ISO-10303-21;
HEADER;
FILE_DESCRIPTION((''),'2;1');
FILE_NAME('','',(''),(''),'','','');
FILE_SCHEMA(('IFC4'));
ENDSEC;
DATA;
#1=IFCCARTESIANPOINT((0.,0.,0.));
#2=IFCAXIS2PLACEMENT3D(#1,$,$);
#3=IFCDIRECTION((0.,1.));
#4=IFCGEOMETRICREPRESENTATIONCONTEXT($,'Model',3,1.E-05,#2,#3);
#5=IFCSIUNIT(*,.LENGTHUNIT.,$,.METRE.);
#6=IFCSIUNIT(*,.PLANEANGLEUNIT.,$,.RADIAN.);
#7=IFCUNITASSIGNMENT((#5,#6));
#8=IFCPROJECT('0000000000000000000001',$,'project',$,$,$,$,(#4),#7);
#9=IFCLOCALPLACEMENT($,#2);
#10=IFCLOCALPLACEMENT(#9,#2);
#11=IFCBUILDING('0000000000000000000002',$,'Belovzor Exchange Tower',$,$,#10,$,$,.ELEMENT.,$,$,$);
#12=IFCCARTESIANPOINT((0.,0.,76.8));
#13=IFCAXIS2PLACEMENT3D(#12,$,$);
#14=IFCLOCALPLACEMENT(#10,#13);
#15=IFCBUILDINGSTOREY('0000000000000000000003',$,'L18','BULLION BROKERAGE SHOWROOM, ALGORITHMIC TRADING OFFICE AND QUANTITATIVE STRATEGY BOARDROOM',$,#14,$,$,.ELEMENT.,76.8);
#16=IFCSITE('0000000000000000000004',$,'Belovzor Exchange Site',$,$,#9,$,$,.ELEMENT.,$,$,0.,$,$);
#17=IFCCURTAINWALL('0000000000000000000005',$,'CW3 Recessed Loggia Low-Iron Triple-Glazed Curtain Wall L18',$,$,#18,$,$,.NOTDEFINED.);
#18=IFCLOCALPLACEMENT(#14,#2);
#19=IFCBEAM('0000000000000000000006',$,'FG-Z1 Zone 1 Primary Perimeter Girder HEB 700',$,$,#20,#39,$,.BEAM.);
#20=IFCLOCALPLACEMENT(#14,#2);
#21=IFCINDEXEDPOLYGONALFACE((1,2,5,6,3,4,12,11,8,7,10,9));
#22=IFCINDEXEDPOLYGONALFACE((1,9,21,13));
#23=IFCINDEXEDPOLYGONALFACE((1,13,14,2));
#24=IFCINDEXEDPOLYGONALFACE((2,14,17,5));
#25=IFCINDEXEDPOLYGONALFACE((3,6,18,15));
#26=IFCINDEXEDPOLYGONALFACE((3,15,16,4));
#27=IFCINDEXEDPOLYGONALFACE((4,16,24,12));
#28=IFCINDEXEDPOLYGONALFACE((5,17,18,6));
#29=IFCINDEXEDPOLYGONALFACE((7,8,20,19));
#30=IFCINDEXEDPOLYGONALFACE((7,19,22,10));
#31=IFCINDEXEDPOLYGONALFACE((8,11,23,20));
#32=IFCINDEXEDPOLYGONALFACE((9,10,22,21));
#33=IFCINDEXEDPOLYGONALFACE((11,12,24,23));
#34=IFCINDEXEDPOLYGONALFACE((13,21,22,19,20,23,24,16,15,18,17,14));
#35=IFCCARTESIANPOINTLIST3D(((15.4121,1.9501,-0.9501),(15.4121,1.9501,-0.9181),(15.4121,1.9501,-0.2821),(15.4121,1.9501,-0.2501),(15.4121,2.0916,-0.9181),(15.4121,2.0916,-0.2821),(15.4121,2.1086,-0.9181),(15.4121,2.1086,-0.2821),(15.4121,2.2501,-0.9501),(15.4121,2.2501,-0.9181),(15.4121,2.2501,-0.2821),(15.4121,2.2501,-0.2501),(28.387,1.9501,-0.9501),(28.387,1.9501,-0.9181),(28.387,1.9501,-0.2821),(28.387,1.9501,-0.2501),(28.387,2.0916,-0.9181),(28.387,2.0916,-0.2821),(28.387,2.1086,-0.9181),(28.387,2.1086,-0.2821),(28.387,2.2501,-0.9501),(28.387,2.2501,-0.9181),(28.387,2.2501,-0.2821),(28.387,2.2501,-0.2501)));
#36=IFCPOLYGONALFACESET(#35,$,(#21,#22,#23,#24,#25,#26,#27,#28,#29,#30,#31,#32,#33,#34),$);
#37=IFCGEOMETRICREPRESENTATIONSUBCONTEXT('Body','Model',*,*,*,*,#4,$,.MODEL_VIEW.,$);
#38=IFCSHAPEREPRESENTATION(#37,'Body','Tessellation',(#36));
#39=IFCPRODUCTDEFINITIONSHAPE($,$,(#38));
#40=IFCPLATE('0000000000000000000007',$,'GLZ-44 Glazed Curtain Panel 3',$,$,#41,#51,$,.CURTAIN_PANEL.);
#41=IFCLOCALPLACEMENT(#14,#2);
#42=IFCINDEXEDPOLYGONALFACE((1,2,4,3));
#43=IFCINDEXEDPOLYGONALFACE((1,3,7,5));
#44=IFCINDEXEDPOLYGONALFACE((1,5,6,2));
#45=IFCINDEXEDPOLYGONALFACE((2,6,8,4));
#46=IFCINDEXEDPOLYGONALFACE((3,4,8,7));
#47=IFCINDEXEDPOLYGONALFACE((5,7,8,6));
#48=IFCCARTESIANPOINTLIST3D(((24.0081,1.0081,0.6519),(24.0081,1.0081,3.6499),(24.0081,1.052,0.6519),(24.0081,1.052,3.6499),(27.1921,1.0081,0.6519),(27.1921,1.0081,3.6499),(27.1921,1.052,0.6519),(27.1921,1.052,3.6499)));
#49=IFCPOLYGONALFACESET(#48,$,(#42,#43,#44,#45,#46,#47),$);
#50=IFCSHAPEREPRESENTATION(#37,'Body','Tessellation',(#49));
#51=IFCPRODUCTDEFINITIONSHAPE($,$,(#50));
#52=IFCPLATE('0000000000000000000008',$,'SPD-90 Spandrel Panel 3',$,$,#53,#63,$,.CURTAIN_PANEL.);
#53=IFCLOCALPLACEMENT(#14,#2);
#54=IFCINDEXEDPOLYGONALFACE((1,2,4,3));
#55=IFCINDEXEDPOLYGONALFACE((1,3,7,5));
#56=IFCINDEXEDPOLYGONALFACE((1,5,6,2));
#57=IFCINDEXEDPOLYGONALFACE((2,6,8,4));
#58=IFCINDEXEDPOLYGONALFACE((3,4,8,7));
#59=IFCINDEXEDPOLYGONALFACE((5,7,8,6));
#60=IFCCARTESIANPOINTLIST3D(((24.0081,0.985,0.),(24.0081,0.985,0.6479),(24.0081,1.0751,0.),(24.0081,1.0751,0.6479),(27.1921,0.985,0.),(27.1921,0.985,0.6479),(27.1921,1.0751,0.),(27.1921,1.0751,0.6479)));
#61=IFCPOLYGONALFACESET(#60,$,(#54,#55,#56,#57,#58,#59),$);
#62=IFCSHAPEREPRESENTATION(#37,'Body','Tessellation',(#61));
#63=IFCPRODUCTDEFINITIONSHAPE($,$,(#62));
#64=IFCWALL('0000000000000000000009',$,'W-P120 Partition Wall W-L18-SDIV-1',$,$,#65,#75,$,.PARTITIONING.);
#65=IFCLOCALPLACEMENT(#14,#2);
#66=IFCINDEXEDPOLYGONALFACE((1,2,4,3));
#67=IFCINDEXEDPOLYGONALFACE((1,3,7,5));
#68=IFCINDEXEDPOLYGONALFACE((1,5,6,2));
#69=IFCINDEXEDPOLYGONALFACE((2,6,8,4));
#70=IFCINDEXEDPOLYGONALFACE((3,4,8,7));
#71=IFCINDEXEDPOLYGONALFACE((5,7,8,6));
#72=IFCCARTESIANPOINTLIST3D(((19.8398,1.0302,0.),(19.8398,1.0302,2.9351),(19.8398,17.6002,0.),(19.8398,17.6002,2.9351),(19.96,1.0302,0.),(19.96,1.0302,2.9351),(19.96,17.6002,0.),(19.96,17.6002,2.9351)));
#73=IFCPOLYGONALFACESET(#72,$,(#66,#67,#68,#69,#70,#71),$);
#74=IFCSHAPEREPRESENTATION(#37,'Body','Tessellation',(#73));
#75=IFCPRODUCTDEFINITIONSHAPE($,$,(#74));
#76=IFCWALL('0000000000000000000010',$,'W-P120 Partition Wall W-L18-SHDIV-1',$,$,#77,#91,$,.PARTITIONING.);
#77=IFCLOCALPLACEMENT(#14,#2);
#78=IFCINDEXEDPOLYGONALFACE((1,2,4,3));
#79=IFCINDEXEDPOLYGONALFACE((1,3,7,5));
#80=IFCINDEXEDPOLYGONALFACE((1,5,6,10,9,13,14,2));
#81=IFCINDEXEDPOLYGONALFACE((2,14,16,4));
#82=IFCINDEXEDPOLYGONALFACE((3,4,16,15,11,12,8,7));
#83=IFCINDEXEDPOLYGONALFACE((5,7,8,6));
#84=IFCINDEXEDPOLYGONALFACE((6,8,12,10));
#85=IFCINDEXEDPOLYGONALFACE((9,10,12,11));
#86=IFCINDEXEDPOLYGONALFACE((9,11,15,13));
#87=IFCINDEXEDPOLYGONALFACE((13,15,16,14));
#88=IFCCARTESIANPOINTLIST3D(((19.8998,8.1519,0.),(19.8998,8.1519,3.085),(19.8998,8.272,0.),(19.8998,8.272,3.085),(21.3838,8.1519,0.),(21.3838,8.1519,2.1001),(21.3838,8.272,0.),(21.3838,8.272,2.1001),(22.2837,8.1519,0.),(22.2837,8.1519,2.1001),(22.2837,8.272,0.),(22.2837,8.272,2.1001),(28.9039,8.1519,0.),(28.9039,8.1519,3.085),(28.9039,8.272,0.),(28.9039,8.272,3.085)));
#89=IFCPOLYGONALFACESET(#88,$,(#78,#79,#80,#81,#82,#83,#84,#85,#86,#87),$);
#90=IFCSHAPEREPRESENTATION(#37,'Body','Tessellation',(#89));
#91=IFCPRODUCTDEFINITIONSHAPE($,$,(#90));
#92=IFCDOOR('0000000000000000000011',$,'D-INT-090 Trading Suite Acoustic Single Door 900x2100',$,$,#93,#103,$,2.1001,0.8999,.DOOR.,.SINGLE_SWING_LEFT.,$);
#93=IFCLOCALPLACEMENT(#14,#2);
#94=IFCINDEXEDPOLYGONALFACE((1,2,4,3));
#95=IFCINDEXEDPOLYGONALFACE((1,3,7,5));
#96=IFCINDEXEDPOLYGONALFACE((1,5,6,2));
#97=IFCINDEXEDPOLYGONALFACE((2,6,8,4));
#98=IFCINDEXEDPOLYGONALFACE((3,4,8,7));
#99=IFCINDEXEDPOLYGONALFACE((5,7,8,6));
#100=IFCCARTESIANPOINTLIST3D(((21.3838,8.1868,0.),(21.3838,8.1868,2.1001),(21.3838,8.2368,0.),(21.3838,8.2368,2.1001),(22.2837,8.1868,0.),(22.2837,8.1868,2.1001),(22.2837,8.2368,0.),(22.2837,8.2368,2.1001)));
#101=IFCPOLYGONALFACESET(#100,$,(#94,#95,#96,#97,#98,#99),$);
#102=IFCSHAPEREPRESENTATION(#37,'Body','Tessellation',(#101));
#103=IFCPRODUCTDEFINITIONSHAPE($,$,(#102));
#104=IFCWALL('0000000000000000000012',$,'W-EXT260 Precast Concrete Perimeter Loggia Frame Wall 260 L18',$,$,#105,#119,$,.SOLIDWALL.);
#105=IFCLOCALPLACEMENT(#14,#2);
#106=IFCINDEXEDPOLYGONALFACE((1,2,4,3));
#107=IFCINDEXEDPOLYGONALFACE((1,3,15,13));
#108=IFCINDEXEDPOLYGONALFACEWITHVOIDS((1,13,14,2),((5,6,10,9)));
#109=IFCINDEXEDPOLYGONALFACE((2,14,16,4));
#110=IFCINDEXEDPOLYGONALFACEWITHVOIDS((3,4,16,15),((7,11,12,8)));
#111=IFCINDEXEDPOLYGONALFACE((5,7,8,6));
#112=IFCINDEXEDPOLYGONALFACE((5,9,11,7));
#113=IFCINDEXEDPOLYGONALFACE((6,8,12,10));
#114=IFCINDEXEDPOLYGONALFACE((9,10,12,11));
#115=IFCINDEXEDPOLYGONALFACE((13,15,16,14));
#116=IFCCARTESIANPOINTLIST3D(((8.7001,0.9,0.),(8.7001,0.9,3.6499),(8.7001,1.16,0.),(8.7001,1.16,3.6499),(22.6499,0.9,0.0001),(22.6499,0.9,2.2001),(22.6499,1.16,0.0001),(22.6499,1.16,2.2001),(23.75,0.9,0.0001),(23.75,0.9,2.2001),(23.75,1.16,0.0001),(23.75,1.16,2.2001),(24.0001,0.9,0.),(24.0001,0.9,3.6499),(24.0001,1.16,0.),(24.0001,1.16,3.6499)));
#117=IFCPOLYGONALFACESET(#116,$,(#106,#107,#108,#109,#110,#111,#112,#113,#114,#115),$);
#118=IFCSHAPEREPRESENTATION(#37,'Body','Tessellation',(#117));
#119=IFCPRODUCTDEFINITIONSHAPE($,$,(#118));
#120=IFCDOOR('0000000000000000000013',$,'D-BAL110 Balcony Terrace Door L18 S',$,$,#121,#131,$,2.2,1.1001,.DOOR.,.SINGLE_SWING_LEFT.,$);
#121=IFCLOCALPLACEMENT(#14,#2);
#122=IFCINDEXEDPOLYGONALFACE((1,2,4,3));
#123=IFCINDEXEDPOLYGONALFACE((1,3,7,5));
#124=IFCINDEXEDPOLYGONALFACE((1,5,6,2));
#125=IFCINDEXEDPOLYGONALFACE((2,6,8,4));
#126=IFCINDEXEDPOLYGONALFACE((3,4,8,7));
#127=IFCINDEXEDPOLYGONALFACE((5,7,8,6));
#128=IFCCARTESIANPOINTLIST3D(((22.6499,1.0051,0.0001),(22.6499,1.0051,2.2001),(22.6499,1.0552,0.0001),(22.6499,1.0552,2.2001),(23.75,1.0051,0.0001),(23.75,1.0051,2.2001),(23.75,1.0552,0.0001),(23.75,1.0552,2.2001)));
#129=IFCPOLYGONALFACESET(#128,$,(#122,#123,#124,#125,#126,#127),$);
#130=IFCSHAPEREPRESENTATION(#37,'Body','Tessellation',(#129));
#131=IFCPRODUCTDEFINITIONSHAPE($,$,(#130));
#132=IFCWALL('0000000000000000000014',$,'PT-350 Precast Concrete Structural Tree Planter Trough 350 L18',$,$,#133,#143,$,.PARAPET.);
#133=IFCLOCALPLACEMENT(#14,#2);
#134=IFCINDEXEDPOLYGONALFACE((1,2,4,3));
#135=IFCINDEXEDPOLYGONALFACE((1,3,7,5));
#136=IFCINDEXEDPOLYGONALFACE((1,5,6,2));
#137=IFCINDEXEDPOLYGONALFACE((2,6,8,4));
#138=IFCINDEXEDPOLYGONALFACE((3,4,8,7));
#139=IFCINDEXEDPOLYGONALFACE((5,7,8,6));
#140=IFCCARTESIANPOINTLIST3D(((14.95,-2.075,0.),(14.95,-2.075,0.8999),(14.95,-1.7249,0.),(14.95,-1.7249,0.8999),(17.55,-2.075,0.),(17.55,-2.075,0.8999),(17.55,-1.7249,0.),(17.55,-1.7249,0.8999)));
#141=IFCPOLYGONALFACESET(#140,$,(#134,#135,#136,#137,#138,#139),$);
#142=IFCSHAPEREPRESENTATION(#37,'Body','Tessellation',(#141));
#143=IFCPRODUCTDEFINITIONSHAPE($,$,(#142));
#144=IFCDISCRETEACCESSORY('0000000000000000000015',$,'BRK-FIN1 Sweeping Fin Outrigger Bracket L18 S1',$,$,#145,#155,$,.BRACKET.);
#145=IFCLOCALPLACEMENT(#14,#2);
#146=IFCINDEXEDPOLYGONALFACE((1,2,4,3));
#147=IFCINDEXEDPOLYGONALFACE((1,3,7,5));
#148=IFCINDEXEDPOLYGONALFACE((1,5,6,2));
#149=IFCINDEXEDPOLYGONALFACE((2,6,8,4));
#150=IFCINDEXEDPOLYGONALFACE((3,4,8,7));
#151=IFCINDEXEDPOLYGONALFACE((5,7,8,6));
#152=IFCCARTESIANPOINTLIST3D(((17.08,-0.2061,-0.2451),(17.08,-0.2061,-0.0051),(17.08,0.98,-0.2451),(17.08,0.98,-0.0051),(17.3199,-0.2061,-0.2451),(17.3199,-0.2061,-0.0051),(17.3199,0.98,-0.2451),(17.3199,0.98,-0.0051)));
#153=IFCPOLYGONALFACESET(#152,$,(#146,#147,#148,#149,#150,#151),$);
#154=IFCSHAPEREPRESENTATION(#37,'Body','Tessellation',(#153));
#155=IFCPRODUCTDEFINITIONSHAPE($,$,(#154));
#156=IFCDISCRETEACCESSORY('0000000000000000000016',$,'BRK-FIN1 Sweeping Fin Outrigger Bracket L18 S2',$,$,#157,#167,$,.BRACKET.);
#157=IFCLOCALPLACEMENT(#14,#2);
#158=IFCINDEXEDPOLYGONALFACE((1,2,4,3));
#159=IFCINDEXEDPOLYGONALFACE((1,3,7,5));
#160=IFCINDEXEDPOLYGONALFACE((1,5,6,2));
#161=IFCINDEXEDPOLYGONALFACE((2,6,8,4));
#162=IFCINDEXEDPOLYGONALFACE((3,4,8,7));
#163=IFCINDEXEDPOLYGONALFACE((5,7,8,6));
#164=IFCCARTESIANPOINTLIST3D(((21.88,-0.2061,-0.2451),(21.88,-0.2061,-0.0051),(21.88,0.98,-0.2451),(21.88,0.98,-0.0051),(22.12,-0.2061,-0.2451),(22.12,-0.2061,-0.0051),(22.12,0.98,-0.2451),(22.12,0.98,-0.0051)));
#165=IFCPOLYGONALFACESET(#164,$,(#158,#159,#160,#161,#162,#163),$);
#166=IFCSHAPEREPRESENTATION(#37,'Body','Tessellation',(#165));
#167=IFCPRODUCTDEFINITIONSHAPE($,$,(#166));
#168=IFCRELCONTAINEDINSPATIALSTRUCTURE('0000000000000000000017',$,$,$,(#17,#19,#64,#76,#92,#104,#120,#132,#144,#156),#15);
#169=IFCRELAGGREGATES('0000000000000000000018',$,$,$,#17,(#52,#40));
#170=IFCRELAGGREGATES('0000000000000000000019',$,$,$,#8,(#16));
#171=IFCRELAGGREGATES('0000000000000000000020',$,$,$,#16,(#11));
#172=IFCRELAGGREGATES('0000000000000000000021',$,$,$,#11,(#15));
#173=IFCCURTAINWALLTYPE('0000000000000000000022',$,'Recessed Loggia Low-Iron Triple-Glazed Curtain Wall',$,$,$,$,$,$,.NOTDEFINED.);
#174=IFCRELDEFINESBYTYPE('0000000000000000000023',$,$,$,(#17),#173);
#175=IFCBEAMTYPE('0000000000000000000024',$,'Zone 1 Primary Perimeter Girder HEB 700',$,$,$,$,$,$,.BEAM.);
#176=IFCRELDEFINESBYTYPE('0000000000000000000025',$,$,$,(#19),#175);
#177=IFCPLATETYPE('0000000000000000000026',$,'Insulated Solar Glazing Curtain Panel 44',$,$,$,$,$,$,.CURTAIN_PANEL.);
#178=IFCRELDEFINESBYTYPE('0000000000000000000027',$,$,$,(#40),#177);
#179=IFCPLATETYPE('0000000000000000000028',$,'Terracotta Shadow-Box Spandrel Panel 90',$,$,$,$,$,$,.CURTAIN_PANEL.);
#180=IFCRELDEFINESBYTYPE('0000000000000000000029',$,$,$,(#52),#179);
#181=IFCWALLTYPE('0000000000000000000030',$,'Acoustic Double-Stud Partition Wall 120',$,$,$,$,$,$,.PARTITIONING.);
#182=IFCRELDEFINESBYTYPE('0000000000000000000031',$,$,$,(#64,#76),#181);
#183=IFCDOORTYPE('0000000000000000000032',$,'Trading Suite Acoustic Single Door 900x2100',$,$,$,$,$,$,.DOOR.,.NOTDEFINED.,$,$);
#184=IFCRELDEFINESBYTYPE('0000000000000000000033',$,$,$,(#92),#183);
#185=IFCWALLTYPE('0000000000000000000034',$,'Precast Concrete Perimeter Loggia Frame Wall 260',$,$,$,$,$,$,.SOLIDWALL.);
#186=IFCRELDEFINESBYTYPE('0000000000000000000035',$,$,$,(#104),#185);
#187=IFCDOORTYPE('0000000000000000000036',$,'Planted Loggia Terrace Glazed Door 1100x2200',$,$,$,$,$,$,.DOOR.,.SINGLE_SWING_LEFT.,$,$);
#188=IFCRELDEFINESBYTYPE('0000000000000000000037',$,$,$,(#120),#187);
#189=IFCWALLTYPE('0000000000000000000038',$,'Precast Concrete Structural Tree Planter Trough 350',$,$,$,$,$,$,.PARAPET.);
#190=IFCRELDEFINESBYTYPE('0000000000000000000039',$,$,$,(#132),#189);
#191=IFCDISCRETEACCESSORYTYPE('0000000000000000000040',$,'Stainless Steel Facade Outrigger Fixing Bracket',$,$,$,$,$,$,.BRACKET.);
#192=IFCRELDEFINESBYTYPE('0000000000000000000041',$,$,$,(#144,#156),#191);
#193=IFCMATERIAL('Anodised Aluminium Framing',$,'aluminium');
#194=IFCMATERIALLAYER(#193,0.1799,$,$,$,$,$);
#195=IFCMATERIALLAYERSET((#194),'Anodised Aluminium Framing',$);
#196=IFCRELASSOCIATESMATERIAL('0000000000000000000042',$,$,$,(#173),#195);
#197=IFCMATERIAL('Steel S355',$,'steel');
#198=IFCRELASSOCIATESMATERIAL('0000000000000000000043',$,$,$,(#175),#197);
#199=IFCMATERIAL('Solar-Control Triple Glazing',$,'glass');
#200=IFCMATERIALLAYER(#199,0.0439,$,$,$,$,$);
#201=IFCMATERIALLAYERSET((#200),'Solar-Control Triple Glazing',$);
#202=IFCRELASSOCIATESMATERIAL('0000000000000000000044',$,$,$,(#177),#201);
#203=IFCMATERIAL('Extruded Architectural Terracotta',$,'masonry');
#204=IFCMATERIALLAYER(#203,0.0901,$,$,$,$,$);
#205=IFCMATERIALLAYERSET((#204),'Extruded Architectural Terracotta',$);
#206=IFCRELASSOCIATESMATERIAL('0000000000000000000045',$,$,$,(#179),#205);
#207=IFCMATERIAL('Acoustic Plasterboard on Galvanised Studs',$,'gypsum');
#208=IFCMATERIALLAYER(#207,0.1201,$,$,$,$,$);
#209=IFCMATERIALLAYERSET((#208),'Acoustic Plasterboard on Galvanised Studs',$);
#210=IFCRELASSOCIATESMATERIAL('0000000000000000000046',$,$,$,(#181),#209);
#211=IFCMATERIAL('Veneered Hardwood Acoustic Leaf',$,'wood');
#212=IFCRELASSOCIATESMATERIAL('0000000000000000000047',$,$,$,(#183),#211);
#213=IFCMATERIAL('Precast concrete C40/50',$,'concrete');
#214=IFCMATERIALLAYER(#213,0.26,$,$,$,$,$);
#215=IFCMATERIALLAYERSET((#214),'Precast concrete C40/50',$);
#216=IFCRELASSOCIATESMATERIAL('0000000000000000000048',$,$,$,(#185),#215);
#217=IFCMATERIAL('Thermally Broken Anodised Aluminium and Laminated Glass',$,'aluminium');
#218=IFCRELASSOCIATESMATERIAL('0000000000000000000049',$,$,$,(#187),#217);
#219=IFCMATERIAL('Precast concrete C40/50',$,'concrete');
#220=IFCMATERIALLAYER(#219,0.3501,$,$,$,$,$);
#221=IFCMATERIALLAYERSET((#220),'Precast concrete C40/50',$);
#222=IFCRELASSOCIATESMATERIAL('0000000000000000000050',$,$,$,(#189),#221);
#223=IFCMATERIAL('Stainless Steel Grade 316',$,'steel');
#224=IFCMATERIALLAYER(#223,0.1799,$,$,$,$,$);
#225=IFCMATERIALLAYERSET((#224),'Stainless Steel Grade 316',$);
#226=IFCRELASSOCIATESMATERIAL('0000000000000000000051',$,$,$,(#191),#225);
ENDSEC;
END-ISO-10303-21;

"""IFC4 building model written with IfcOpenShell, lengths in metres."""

from ifc_helpers import new_model, si_unit, direction, frame, frame_2d, origin, origin_2d, place, context, subcontext, project, spatial, rectangle, i_section, extrude, material, layer, layer_set, material_profile, profile_set, type_object, element, fill, aggregate, save


model = new_model("IFC4")

# Units and contexts
model_context = context("Model", 3, precision=1e-05, world=origin(), true_north=direction((0.0, 1.0)))
body_context = subcontext(model_context, "Body", "Model", "MODEL_VIEW")
ifc_project = project(units=[si_unit("LENGTHUNIT", "METRE"), si_unit("PLANEANGLEUNIT", "RADIAN")], contexts=[model_context])

# Site, building, storey
site_placement = place(None, origin())
site = spatial("IfcSite", under=ifc_project, at=site_placement, Name="Belovzor Exchange Site", CompositionType="ELEMENT", RefElevation=0.0)
building_placement = place(site_placement, origin())
building = spatial("IfcBuilding", under=site, at=building_placement, Name="Belovzor Exchange Tower", CompositionType="ELEMENT")
storey_placement = place(building_placement, frame((0.0, 0.0, 76.8)))
storey = spatial("IfcBuildingStorey", under=building, at=storey_placement, Name="L18", Description="BULLION BROKERAGE SHOWROOM, ALGORITHMIC TRADING OFFICE AND QUANTITATIVE STRATEGY BOARDROOM", CompositionType="ELEMENT", Elevation=76.8)

# Curtain wall
ifc_material_1 = material(Name="Anodised Aluminium Framing", Category="aluminium")
ifc_layer_1 = layer(ifc_material_1, 0.1799)
ifc_layer_set_1 = layer_set([ifc_layer_1], Name="Anodised Aluminium Framing")
curtain_wall_type = type_object("IfcCurtainWallType", Name="Recessed Loggia Low-Iron Triple-Glazed Curtain Wall", PredefinedType="NOTDEFINED", material=ifc_layer_set_1)
curtain_wall_placement = place(storey_placement, origin())
curtain_wall = element("IfcCurtainWall", 1, at=curtain_wall_placement, inside=storey, type_object=curtain_wall_type, Name="CW3 Recessed Loggia Low-Iron Triple-Glazed Curtain Wall L18", PredefinedType="NOTDEFINED")

# Beam
ifc_material_2 = material(Name="Steel S355", Category="steel")
ifc_material_profile_1 = material_profile(ifc_material_2, i_section(OverallWidth=0.3, OverallDepth=0.7, WebThickness=0.0171, FlangeThickness=0.032, at=origin_2d()))
ifc_profile_set_1 = profile_set([ifc_material_profile_1], Name="Steel S355")
beam_type_1 = type_object("IfcBeamType", Name="Zone 1 Primary Perimeter Girder HEB 700", PredefinedType="BEAM", material=ifc_profile_set_1)
beam_1_placement = place(storey_placement, frame((15.4121, 2.1001, -0.6001), z_axis=(1.0, 0.0, 0.0), x_axis=(0.0, 1.0, 0.0)))
element("IfcBeam", 2, at=beam_1_placement, inside=storey, type_object=beam_type_1, Name="FG-Z1 Zone 1 Primary Perimeter Girder HEB 700", PredefinedType="BEAM", context=body_context, shape_type="SweptSolid", body=[
    extrude(i_section(OverallWidth=0.3, OverallDepth=0.7, WebThickness=0.0171, FlangeThickness=0.032, at=origin_2d()), origin(), (0.0, 0.0, 1.0), 12.9749),
])

# Plates
ifc_material_3 = material(Name="Solar-Control Triple Glazing", Category="glass")
ifc_layer_2 = layer(ifc_material_3, 0.0439)
ifc_layer_set_2 = layer_set([ifc_layer_2], Name="Solar-Control Triple Glazing")
plate_type_1 = type_object("IfcPlateType", Name="Insulated Solar Glazing Curtain Panel 44", PredefinedType="CURTAIN_PANEL", material=ifc_layer_set_2)
plate_1_placement = place(storey_placement, frame((25.6001, 1.03, 0.6519), z_axis=(0.0, 0.0, 1.0), x_axis=(-1.0, 0.0, 0.0)))
plate_1 = element("IfcPlate", 3, at=plate_1_placement, type_object=plate_type_1, Name="GLZ-44 Glazed Curtain Panel 3", PredefinedType="CURTAIN_PANEL", context=body_context, shape_type="SweptSolid", body=[
    extrude(rectangle(XDim=3.1841, YDim=0.0439, at=origin_2d()), origin(), (0.0, 0.0, 1.0), 2.998),
])
ifc_material_4 = material(Name="Extruded Architectural Terracotta", Category="masonry")
ifc_layer_3 = layer(ifc_material_4, 0.0901)
ifc_layer_set_3 = layer_set([ifc_layer_3], Name="Extruded Architectural Terracotta")
plate_type_2 = type_object("IfcPlateType", Name="Terracotta Shadow-Box Spandrel Panel 90", PredefinedType="CURTAIN_PANEL", material=ifc_layer_set_3)
plate_2_placement = place(storey_placement, frame((25.6001, 1.03, 0.0), z_axis=(0.0, 0.0, 1.0), x_axis=(-1.0, 0.0, 0.0)))
plate_2 = element("IfcPlate", 4, at=plate_2_placement, type_object=plate_type_2, Name="SPD-90 Spandrel Panel 3", PredefinedType="CURTAIN_PANEL", context=body_context, shape_type="SweptSolid", body=[
    extrude(rectangle(XDim=3.1841, YDim=0.0901, at=origin_2d()), origin(), (0.0, 0.0, 1.0), 0.6479),
])
aggregate(curtain_wall, [plate_2, plate_1])

# Wall
ifc_material_5 = material(Name="Acoustic Plasterboard on Galvanised Studs", Category="gypsum")
ifc_layer_4 = layer(ifc_material_5, 0.1201)
ifc_layer_set_4 = layer_set([ifc_layer_4], Name="Acoustic Plasterboard on Galvanised Studs")
wall_type_1 = type_object("IfcWallType", Name="Acoustic Double-Stud Partition Wall 120", PredefinedType="PARTITIONING", material=ifc_layer_set_4)
wall_1_placement = place(storey_placement, frame((19.8999, 1.03, 0.0), z_axis=(0.0, 0.0, 1.0), x_axis=(0.0, 1.0, 0.0)))
element("IfcWall", 5, at=wall_1_placement, inside=storey, type_object=wall_type_1, Name="W-P120 Partition Wall W-L18-SDIV-1", PredefinedType="PARTITIONING", context=body_context, shape_type="SweptSolid", body=[
    extrude(rectangle(XDim=16.5701, YDim=0.1201, at=frame_2d((8.2852, 0.0))), origin(), (0.0, 0.0, 1.0), 2.9351),
])

# Walls, openings, doors
wall_2_placement = place(storey_placement, frame((19.8999, 8.2119, 0.0), z_axis=(0.0, 0.0, 1.0), x_axis=(1.0, 0.0, 0.0)))
wall_2 = element("IfcWall", 6, at=wall_2_placement, inside=storey, type_object=wall_type_1, Name="W-P120 Partition Wall W-L18-SHDIV-1", PredefinedType="PARTITIONING", context=body_context, shape_type="SweptSolid", body=[
    extrude(rectangle(XDim=9.0042, YDim=0.1201, at=frame_2d((4.502, 0.0))), origin(), (0.0, 0.0, 1.0), 3.085),
])
opening_1_placement = place(wall_2_placement, frame((1.4839, 0.0, 0.0)))
opening_1 = element("IfcOpeningElement", 7, at=opening_1_placement, cuts=wall_2, PredefinedType="OPENING", context=body_context, shape_type="SweptSolid", body=[
    extrude(rectangle(XDim=0.8999, YDim=2.1001, at=frame_2d((0.45, 1.05))), frame((0.0, 0.0701, 0.0), z_axis=(0.0, -1.0, 0.0), x_axis=(1.0, 0.0, 0.0)), (0.0, 0.0, 1.0), 0.1401),
])
ifc_material_6 = material(Name="Veneered Hardwood Acoustic Leaf", Category="wood")
door_type_1 = type_object("IfcDoorType", Name="Trading Suite Acoustic Single Door 900x2100", OperationType="NOTDEFINED", PredefinedType="DOOR", material=ifc_material_6)
door_1_placement = place(opening_1_placement, origin())
door_1 = element("IfcDoor", 8, at=door_1_placement, inside=storey, type_object=door_type_1, Name="D-INT-090 Trading Suite Acoustic Single Door 900x2100", OperationType="SINGLE_SWING_LEFT", OverallHeight=2.1001, OverallWidth=0.8999, PredefinedType="DOOR", context=body_context, shape_type="SweptSolid", body=[
    extrude(rectangle(XDim=0.8999, YDim=2.1001, at=frame_2d((0.45, 1.05))), frame((0.0, 0.0249, 0.0), z_axis=(0.0, -1.0, 0.0), x_axis=(1.0, 0.0, 0.0)), (0.0, 0.0, 1.0), 0.05),
])
fill(opening_1, door_1)
ifc_material_7 = material(Name="Precast concrete C40/50", Category="concrete")
ifc_layer_5 = layer(ifc_material_7, 0.26)
ifc_layer_set_5 = layer_set([ifc_layer_5], Name="Precast concrete C40/50")
wall_type_2 = type_object("IfcWallType", Name="Precast Concrete Perimeter Loggia Frame Wall 260", PredefinedType="SOLIDWALL", material=ifc_layer_set_5)
wall_3_placement = place(storey_placement, frame((24.0, 1.03, 0.0), z_axis=(0.0, 0.0, 1.0), x_axis=(-1.0, 0.0, 0.0)))
wall_3 = element("IfcWall", 9, at=wall_3_placement, inside=storey, type_object=wall_type_2, Name="W-EXT260 Precast Concrete Perimeter Loggia Frame Wall 260 L18", PredefinedType="SOLIDWALL", context=body_context, shape_type="SweptSolid", body=[
    extrude(rectangle(XDim=15.3, YDim=0.26, at=frame_2d((7.6499, 0.0))), origin(), (0.0, 0.0, 1.0), 3.6499),
])
opening_2_placement = place(wall_3_placement, frame((0.25, 0.0, 0.0)))
opening_2 = element("IfcOpeningElement", 10, at=opening_2_placement, cuts=wall_3, PredefinedType="OPENING", context=body_context, shape_type="SweptSolid", body=[
    extrude(rectangle(XDim=1.1001, YDim=2.2, at=frame_2d((0.55, 1.1001))), frame((0.0, 0.1399, 0.0), z_axis=(0.0, -1.0, 0.0), x_axis=(1.0, 0.0, 0.0)), (0.0, 0.0, 1.0), 0.28),
])
ifc_material_8 = material(Name="Thermally Broken Anodised Aluminium and Laminated Glass", Category="aluminium")
door_type_2 = type_object("IfcDoorType", Name="Planted Loggia Terrace Glazed Door 1100x2200", OperationType="SINGLE_SWING_LEFT", PredefinedType="DOOR", material=ifc_material_8)
door_2_placement = place(opening_2_placement, origin())
door_2 = element("IfcDoor", 11, at=door_2_placement, inside=storey, type_object=door_type_2, Name="D-BAL110 Balcony Terrace Door L18 S", OperationType="SINGLE_SWING_LEFT", OverallHeight=2.2, OverallWidth=1.1001, PredefinedType="DOOR", context=body_context, shape_type="SweptSolid", body=[
    extrude(rectangle(XDim=1.1001, YDim=2.2, at=frame_2d((0.55, 1.1001))), frame((0.0, 0.0249, 0.0), z_axis=(0.0, -1.0, 0.0), x_axis=(1.0, 0.0, 0.0)), (0.0, 0.0, 1.0), 0.05),
])
fill(opening_2, door_2)

# Wall
ifc_material_9 = material(Name="Precast concrete C40/50", Category="concrete")
ifc_layer_6 = layer(ifc_material_9, 0.3501)
ifc_layer_set_6 = layer_set([ifc_layer_6], Name="Precast concrete C40/50")
wall_type_3 = type_object("IfcWallType", Name="Precast Concrete Structural Tree Planter Trough 350", PredefinedType="PARAPET", material=ifc_layer_set_6)
wall_4_placement = place(storey_placement, frame((14.95, -1.8999, 0.0), z_axis=(0.0, 0.0, 1.0), x_axis=(1.0, 0.0, 0.0)))
element("IfcWall", 12, at=wall_4_placement, inside=storey, type_object=wall_type_3, Name="PT-350 Precast Concrete Structural Tree Planter Trough 350 L18", PredefinedType="PARAPET", context=body_context, shape_type="SweptSolid", body=[
    extrude(rectangle(XDim=2.6001, YDim=0.3501, at=frame_2d((1.3, 0.0))), origin(), (0.0, 0.0, 1.0), 0.8999),
])

# Discrete accessories
ifc_material_10 = material(Name="Stainless Steel Grade 316", Category="steel")
ifc_layer_7 = layer(ifc_material_10, 0.1799)
ifc_layer_set_7 = layer_set([ifc_layer_7], Name="Stainless Steel Grade 316")
discrete_accessory_type = type_object("IfcDiscreteAccessoryType", Name="Stainless Steel Facade Outrigger Fixing Bracket", PredefinedType="BRACKET", material=ifc_layer_set_7)
for number, where, z_axis, x_axis, name in (
    (13, (17.2, 0.387, -0.2451), (0.0, 0.0, 1.0), (0.0, 1.0, 0.0), "BRK-FIN1 Sweeping Fin Outrigger Bracket L18 S1"),
    (14, (22.0, 0.387, -0.2451), (0.0, 0.0, 1.0), (0.0, 1.0, 0.0), "BRK-FIN1 Sweeping Fin Outrigger Bracket L18 S2"),
):
    element("IfcDiscreteAccessory", number, at=place(storey_placement, frame(where, z_axis=z_axis, x_axis=x_axis)), inside=storey, type_object=discrete_accessory_type, Name=name, PredefinedType="BRACKET", context=body_context, shape_type="SweptSolid", body=[
        extrude(rectangle(XDim=1.186, YDim=0.24, at=origin_2d()), origin(), (0.0, 0.0, 1.0), 0.24),
    ])

save(model, "model.ifc")
